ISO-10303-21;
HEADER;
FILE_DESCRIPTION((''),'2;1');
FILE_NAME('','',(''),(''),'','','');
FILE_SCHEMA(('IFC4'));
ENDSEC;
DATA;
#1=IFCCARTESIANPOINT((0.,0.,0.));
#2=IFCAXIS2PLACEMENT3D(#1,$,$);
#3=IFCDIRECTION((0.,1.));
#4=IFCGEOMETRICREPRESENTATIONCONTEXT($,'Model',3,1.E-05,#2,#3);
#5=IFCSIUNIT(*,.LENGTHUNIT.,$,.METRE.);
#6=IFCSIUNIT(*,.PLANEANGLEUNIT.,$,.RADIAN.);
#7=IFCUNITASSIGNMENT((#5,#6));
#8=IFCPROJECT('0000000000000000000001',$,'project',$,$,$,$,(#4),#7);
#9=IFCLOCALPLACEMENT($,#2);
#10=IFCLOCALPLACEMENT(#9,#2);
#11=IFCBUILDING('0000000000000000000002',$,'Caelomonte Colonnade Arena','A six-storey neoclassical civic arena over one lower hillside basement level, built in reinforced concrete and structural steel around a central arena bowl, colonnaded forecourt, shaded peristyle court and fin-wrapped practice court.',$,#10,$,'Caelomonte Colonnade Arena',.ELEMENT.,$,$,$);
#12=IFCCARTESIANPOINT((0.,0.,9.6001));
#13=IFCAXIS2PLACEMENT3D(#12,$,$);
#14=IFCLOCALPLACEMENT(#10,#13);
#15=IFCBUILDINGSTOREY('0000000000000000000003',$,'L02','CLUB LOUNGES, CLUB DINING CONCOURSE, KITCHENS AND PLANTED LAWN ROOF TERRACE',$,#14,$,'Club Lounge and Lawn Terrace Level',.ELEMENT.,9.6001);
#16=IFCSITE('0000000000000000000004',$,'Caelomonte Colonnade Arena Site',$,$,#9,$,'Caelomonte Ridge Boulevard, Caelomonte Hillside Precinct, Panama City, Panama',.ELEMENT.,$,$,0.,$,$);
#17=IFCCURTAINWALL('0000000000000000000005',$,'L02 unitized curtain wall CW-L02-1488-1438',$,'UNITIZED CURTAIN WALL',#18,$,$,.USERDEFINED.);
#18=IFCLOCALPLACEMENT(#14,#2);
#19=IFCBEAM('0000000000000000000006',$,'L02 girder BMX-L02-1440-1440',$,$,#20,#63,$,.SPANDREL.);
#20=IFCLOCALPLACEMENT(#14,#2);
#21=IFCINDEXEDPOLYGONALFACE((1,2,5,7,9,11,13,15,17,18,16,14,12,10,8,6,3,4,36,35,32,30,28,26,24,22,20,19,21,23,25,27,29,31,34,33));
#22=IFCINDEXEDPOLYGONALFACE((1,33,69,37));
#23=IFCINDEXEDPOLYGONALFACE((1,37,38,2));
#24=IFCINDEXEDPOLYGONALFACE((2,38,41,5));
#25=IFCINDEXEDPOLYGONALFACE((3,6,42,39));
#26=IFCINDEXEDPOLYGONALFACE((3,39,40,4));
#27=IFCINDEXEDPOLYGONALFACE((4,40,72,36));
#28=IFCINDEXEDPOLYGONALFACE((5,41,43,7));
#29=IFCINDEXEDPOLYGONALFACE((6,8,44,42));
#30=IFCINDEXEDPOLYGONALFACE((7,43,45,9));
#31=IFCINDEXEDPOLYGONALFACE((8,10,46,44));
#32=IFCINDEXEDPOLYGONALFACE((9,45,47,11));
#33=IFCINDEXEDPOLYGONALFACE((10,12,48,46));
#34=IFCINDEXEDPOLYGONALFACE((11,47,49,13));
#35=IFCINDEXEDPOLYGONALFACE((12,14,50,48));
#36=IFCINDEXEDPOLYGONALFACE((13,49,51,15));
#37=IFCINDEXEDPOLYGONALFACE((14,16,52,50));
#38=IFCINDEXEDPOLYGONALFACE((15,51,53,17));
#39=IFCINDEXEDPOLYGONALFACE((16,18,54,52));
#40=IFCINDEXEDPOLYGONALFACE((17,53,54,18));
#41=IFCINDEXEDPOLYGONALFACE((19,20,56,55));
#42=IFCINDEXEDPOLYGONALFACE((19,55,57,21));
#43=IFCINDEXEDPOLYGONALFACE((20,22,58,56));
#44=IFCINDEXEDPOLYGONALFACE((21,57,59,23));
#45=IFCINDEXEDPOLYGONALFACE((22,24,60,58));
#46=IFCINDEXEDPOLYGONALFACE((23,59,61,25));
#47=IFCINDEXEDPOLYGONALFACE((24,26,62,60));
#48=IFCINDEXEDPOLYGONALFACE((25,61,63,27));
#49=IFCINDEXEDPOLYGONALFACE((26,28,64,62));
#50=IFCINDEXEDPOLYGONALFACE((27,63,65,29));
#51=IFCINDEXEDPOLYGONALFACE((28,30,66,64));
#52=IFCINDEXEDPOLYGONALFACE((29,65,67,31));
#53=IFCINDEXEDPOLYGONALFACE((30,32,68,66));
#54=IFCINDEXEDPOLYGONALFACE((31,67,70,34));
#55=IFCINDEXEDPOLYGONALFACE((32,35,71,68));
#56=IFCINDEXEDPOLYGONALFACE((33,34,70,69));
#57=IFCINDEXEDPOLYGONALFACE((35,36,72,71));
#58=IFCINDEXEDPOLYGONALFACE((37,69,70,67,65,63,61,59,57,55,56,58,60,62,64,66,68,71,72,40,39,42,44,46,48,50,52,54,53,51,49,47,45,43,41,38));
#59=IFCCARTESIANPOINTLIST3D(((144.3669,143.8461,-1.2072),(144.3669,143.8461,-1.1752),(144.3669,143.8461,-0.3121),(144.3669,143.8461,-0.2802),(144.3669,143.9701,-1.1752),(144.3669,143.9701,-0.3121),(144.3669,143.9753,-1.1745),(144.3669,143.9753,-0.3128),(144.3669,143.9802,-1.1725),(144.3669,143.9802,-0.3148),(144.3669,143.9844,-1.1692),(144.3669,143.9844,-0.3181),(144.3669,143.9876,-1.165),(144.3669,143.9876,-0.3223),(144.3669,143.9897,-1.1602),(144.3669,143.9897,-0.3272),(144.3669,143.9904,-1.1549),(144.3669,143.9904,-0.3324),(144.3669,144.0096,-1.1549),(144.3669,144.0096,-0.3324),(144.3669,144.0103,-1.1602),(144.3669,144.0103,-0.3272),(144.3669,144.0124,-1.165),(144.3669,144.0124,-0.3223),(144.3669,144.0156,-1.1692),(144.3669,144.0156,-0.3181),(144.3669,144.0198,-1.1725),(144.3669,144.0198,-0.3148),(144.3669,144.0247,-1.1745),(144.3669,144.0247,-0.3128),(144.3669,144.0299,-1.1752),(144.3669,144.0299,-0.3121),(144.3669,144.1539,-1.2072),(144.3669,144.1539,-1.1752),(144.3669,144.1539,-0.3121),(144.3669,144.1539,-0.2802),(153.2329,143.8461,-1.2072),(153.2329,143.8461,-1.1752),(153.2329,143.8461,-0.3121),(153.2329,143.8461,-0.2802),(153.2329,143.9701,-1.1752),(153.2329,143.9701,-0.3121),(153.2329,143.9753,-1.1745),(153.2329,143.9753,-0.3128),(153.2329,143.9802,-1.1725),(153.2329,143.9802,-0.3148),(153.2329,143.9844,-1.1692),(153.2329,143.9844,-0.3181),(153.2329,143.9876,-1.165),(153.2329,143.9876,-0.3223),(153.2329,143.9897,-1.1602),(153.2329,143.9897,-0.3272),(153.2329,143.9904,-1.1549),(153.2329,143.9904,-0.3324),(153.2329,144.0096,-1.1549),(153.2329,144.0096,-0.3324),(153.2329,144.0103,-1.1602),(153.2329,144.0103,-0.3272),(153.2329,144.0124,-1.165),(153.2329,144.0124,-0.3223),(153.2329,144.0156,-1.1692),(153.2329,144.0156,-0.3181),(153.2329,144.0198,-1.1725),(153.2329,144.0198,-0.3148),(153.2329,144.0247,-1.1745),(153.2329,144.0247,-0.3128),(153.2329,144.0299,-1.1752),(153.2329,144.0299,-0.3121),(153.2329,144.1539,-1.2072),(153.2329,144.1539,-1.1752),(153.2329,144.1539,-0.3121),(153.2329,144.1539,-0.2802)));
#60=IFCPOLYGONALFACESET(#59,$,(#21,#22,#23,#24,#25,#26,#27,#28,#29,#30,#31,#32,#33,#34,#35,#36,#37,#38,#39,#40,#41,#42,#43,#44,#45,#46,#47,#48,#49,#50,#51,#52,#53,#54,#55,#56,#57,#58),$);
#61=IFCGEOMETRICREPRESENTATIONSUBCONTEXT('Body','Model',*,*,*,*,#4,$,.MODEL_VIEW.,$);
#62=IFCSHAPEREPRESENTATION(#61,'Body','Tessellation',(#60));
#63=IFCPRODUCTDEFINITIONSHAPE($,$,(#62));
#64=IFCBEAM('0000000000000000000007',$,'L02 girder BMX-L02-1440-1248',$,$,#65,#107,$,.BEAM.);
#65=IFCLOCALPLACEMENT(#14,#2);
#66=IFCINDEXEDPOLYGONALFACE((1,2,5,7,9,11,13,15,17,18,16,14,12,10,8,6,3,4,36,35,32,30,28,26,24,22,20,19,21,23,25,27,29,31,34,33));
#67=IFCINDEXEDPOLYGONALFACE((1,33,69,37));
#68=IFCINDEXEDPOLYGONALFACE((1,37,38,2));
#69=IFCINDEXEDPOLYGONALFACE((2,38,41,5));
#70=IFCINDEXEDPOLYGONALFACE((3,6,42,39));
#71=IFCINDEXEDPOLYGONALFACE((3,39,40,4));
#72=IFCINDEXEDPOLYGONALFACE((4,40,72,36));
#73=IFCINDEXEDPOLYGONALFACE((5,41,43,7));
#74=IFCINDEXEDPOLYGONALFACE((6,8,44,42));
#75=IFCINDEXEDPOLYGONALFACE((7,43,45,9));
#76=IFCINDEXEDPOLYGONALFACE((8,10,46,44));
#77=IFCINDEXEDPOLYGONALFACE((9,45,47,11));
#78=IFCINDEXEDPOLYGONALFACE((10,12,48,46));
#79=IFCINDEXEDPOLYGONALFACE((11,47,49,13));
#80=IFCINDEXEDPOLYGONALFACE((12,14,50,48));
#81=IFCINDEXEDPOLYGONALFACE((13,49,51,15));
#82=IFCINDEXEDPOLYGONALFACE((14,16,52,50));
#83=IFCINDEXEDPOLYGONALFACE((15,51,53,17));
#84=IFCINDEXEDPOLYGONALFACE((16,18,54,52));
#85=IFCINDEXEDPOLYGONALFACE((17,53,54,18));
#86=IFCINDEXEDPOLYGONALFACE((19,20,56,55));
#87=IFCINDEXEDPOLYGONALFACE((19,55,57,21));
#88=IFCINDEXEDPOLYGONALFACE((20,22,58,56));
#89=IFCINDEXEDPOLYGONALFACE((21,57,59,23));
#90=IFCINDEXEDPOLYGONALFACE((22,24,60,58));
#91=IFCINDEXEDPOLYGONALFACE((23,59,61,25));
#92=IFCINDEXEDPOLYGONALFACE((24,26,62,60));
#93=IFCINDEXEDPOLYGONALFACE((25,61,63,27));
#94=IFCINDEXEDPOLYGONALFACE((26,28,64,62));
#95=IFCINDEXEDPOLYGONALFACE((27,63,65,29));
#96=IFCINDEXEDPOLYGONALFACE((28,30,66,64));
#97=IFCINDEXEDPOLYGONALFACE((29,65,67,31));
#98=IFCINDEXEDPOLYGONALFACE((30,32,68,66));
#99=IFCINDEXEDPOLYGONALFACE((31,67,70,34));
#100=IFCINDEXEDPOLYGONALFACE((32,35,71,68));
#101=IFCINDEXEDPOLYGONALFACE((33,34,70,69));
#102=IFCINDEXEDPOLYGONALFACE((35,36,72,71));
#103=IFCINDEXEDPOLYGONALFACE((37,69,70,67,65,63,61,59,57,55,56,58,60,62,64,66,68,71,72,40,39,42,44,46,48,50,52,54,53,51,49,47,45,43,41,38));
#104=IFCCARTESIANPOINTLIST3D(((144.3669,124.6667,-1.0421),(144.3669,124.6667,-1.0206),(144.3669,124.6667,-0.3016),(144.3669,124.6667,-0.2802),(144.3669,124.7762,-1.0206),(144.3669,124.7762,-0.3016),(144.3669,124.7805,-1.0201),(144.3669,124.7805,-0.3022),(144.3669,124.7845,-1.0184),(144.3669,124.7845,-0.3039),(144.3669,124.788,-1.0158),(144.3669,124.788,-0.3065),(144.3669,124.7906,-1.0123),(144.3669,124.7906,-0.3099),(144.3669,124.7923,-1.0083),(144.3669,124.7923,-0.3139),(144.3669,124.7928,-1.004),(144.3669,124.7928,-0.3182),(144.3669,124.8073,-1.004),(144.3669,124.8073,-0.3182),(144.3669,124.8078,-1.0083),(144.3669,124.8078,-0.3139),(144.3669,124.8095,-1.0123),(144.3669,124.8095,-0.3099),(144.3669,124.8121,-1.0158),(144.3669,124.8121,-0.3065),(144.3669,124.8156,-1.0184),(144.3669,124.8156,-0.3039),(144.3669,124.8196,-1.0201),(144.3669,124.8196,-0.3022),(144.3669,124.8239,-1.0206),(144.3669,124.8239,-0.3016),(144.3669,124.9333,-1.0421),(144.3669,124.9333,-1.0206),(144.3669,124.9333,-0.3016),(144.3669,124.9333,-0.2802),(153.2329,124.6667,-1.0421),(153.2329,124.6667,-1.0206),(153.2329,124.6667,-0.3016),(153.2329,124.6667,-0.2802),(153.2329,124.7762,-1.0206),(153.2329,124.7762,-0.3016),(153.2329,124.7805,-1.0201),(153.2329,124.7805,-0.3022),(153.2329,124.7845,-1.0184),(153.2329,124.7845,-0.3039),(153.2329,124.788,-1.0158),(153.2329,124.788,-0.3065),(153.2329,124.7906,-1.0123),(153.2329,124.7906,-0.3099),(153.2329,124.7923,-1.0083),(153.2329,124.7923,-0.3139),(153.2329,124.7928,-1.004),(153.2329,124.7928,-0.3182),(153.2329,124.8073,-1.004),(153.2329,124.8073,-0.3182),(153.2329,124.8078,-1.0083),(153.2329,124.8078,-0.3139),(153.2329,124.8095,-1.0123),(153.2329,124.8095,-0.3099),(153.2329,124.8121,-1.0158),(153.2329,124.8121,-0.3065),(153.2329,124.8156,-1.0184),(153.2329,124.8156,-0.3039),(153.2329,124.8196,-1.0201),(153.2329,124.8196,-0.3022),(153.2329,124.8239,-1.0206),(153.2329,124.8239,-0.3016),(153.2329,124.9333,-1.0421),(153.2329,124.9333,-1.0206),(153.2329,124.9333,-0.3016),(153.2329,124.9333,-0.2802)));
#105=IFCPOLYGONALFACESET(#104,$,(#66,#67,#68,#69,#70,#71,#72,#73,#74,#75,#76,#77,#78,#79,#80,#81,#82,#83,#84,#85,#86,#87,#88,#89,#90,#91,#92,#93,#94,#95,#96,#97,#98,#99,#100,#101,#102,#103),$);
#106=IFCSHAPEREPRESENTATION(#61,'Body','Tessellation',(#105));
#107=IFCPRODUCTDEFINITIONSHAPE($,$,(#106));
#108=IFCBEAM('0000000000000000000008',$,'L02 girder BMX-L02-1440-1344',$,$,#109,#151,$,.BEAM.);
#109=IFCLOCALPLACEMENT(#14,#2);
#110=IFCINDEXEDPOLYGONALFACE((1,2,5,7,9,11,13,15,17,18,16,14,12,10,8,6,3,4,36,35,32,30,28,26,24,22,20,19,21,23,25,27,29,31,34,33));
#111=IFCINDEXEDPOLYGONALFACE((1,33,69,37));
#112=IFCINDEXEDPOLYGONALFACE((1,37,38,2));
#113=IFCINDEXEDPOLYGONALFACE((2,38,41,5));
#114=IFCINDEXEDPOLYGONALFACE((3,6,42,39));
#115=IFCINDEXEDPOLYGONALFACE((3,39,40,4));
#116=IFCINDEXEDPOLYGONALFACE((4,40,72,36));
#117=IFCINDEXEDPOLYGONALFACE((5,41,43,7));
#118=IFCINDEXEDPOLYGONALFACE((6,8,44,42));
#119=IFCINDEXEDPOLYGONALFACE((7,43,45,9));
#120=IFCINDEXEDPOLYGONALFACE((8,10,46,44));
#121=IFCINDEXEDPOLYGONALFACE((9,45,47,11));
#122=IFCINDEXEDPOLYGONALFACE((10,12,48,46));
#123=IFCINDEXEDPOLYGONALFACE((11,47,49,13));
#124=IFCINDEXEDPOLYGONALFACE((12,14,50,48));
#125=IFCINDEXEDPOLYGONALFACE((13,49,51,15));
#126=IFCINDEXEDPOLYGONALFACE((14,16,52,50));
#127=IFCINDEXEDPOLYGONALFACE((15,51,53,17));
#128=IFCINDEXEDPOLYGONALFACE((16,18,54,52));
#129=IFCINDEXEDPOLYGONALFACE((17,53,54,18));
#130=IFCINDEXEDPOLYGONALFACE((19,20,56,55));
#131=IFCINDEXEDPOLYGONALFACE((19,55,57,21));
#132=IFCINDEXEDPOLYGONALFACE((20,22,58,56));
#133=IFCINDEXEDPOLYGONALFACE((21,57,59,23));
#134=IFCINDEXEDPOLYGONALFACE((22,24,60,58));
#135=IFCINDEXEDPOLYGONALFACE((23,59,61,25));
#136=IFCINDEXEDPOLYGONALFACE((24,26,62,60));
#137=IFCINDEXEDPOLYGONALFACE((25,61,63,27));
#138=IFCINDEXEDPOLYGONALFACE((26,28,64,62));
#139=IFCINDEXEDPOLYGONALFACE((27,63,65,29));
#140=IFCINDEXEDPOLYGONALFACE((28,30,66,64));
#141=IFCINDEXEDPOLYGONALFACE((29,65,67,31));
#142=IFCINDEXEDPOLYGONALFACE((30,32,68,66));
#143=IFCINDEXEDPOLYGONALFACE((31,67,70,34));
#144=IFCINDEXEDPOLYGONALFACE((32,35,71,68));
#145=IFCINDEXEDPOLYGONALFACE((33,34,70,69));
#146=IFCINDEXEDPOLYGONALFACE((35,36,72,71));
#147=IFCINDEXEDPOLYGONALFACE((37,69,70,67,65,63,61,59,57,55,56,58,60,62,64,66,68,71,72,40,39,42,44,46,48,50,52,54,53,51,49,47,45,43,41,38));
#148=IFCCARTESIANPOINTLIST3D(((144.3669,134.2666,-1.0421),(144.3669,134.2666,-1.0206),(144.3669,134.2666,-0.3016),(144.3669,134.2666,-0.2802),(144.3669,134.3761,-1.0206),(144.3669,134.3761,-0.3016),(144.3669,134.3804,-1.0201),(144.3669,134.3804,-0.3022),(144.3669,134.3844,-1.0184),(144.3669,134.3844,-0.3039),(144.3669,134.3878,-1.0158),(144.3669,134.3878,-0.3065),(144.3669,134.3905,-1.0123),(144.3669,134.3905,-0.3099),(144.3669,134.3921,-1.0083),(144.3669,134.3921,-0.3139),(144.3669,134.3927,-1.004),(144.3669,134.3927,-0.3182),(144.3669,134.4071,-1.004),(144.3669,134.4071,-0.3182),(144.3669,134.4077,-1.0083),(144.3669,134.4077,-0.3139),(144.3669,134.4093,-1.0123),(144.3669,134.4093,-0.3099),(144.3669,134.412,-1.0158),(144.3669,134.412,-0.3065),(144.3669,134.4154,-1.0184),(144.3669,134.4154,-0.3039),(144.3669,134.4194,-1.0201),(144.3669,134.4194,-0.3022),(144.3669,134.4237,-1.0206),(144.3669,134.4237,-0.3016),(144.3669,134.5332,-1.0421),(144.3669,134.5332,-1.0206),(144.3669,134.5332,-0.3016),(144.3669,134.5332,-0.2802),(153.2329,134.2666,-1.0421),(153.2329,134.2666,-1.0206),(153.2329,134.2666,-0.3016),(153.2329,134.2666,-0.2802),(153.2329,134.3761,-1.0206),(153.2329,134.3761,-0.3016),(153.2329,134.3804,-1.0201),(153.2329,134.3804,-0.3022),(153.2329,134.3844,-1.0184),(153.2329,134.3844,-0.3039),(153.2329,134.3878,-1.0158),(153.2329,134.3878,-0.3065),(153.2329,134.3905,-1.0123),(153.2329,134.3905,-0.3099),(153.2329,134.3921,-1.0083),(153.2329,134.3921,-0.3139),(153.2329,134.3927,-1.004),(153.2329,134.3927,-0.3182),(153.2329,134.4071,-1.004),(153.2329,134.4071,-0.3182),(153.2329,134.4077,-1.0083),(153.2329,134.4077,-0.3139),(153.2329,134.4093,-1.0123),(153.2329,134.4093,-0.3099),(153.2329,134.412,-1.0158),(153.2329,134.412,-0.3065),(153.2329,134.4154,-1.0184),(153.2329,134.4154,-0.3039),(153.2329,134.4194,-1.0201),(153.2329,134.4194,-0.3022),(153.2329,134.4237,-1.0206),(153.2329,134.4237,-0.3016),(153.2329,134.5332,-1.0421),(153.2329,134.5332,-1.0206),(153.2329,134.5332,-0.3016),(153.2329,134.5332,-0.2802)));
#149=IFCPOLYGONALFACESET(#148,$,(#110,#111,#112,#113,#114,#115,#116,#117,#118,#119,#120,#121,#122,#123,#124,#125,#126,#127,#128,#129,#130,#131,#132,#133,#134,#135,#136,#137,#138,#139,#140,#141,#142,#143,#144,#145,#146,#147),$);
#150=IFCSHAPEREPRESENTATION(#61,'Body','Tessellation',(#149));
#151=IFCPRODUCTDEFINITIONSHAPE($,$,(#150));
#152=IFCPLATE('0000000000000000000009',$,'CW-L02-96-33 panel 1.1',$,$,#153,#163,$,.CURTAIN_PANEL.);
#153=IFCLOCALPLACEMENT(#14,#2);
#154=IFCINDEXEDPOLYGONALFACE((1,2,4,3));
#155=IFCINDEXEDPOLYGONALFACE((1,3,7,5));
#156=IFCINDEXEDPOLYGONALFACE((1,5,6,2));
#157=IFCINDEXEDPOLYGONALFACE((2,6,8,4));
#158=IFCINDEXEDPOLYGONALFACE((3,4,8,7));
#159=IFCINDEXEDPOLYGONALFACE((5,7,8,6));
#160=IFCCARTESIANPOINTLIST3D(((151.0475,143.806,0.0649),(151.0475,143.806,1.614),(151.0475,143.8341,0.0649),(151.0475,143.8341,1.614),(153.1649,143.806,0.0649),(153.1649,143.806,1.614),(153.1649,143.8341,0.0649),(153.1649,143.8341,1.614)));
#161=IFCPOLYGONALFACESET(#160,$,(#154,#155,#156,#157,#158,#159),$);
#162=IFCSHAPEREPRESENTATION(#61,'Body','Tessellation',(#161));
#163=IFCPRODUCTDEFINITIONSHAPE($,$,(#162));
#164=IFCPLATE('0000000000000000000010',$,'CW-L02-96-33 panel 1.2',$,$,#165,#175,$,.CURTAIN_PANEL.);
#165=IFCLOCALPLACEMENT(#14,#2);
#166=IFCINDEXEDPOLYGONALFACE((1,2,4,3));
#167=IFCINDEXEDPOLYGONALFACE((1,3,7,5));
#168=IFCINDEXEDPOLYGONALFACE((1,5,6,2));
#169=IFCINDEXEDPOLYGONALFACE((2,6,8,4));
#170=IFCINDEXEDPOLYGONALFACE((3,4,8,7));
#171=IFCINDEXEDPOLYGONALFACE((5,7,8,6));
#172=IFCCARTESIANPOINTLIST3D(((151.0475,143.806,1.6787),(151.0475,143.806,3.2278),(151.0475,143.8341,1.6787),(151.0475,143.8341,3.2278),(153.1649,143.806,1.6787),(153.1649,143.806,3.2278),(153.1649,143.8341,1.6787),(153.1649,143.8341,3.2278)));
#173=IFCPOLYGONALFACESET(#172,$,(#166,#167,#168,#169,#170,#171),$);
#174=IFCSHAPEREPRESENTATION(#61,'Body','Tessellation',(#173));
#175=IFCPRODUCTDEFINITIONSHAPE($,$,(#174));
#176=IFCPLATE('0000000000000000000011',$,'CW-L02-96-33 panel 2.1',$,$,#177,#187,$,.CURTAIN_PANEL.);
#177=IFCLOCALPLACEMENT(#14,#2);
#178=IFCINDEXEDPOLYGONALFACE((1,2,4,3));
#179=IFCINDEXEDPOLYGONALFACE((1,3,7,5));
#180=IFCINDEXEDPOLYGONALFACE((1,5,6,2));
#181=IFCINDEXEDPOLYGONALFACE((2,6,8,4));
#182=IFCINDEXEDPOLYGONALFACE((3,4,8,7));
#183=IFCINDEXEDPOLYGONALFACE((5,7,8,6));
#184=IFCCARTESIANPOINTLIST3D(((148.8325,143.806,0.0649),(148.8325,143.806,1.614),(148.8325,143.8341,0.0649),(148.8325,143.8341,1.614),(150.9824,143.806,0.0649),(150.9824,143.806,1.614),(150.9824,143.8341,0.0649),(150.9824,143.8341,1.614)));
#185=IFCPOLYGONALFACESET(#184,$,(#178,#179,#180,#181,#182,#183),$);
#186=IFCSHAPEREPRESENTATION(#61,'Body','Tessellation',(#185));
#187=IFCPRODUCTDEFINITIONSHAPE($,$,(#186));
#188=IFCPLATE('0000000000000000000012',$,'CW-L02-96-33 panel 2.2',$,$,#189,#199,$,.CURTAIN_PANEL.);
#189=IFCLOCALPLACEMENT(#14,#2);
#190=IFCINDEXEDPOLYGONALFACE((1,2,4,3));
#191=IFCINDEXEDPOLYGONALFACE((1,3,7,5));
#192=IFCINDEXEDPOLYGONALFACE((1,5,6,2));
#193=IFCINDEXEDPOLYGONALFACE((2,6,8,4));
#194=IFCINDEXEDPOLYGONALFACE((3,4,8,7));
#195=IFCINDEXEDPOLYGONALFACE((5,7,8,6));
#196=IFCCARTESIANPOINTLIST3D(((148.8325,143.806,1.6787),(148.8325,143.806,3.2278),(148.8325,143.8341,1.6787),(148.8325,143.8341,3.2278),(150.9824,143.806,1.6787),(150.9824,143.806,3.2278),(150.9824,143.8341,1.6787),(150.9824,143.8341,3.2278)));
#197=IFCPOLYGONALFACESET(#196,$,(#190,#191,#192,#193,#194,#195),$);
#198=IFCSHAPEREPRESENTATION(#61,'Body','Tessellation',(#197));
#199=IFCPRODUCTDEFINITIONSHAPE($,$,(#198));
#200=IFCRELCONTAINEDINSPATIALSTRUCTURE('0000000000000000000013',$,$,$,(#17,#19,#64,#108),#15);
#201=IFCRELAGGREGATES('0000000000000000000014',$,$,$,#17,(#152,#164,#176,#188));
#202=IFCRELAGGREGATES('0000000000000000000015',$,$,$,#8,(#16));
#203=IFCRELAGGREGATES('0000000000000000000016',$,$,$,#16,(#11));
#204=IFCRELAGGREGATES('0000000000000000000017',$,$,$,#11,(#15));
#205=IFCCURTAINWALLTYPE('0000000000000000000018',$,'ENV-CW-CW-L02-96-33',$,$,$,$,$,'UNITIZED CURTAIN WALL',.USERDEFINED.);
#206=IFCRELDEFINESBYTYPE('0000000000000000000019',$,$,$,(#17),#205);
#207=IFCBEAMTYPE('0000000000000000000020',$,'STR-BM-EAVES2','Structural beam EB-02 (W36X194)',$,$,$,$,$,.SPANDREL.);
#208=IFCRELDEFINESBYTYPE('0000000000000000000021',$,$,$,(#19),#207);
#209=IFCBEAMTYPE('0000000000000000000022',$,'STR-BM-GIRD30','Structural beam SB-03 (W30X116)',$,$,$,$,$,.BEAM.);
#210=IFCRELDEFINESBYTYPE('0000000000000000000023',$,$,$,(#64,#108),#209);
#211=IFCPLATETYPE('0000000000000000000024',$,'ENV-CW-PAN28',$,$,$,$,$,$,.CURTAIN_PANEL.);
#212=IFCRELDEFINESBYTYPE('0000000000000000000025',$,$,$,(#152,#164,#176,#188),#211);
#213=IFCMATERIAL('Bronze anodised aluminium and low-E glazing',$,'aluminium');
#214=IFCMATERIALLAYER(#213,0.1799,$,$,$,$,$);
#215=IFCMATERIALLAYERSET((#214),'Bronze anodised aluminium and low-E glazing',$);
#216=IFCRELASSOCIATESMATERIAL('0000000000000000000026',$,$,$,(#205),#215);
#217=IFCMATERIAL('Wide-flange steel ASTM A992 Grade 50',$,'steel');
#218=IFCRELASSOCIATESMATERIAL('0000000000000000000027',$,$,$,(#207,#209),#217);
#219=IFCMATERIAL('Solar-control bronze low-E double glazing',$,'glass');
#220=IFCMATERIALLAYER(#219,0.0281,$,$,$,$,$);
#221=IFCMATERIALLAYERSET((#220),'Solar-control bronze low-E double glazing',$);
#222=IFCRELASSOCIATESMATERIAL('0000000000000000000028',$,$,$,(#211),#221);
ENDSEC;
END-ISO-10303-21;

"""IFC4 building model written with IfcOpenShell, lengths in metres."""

from ifc_helpers import new_model, si_unit, direction, frame, origin, origin_2d, place, context, subcontext, project, spatial, rectangle, i_section, extrude, material, layer, layer_set, material_profile, profile_set, type_object, element, aggregate, save


model = new_model("IFC4")

# Units and contexts
model_context = context("Model", 3, precision=1e-05, world=origin(), true_north=direction((0.0, 1.0)))
body_context = subcontext(model_context, "Body", "Model", "MODEL_VIEW")
ifc_project = project(units=[si_unit("LENGTHUNIT", "METRE"), si_unit("PLANEANGLEUNIT", "RADIAN")], contexts=[model_context])

# Site, building, storey
site_placement = place(None, origin())
site = spatial("IfcSite", under=ifc_project, at=site_placement, Name="Caelomonte Colonnade Arena Site", LongName="Caelomonte Ridge Boulevard, Caelomonte Hillside Precinct, Panama City, Panama", CompositionType="ELEMENT", RefElevation=0.0)
building_placement = place(site_placement, origin())
building = spatial("IfcBuilding", under=site, at=building_placement, Name="Caelomonte Colonnade Arena", Description="A six-storey neoclassical civic arena over one lower hillside basement level, built in reinforced concrete and structural steel around a central arena bowl, colonnaded forecourt, shaded peristyle court and fin-wrapped practice court.", LongName="Caelomonte Colonnade Arena", CompositionType="ELEMENT")
storey_placement = place(building_placement, frame((0.0, 0.0, 9.6001)))
storey = spatial("IfcBuildingStorey", under=building, at=storey_placement, Name="L02", Description="CLUB LOUNGES, CLUB DINING CONCOURSE, KITCHENS AND PLANTED LAWN ROOF TERRACE", LongName="Club Lounge and Lawn Terrace Level", CompositionType="ELEMENT", Elevation=9.6001)

# Curtain wall
ifc_material_1 = material(Name="Bronze anodised aluminium and low-E glazing", Category="aluminium")
ifc_layer_1 = layer(ifc_material_1, 0.1799)
ifc_layer_set_1 = layer_set([ifc_layer_1], Name="Bronze anodised aluminium and low-E glazing")
curtain_wall_type = type_object("IfcCurtainWallType", Name="ENV-CW-CW-L02-96-33", ElementType="UNITIZED CURTAIN WALL", PredefinedType="USERDEFINED", material=ifc_layer_set_1)
curtain_wall_placement = place(storey_placement, origin())
curtain_wall = element("IfcCurtainWall", 1, at=curtain_wall_placement, inside=storey, type_object=curtain_wall_type, Name="L02 unitized curtain wall CW-L02-1488-1438", ObjectType="UNITIZED CURTAIN WALL", PredefinedType="USERDEFINED")

# Beams
ifc_material_2 = material(Name="Wide-flange steel ASTM A992 Grade 50", Category="steel")
ifc_material_profile_1 = material_profile(ifc_material_2, i_section(OverallWidth=0.3079, OverallDepth=0.927, WebThickness=0.0193, FlangeThickness=0.032, FilletRadius=0.0203, at=origin_2d()), Name="W36X194")
ifc_profile_set_1 = profile_set([ifc_material_profile_1], Name="Wide-flange steel ASTM A992 Grade 50")
beam_type_1 = type_object("IfcBeamType", Name="STR-BM-EAVES2", Description="Structural beam EB-02 (W36X194)", PredefinedType="SPANDREL", material=ifc_profile_set_1)
beam_placement = place(storey_placement, frame((144.3669, 144.0, -0.7437), z_axis=(1.0, 0.0, 0.0), x_axis=(0.0, 1.0, 0.0)))
element("IfcBeam", 2, at=beam_placement, inside=storey, type_object=beam_type_1, Name="L02 girder BMX-L02-1440-1440", PredefinedType="SPANDREL", context=body_context, shape_type="SweptSolid", body=[
    extrude(i_section(OverallWidth=0.3079, OverallDepth=0.927, WebThickness=0.0193, FlangeThickness=0.032, FilletRadius=0.0203, at=origin_2d()), origin(), (0.0, 0.0, 1.0), 8.866),
])
ifc_material_profile_2 = material_profile(ifc_material_2, i_section(OverallWidth=0.2666, OverallDepth=0.762, WebThickness=0.0144, FlangeThickness=0.0215, FilletRadius=0.0166, at=origin_2d()), Name="W30X116")
ifc_profile_set_2 = profile_set([ifc_material_profile_2], Name="Wide-flange steel ASTM A992 Grade 50")
beam_type_2 = type_object("IfcBeamType", Name="STR-BM-GIRD30", Description="Structural beam SB-03 (W30X116)", PredefinedType="BEAM", material=ifc_profile_set_2)
for number, where, z_axis, x_axis, name in (
    (3, (144.3669, 124.8, -0.6611), (1.0, 0.0, 0.0), (0.0, 1.0, 0.0), "L02 girder BMX-L02-1440-1248"),
    (4, (144.3669, 134.3999, -0.6611), (1.0, 0.0, 0.0), (0.0, 1.0, 0.0), "L02 girder BMX-L02-1440-1344"),
):
    element("IfcBeam", number, at=place(storey_placement, frame(where, z_axis=z_axis, x_axis=x_axis)), inside=storey, type_object=beam_type_2, Name=name, PredefinedType="BEAM", context=body_context, shape_type="SweptSolid", body=[
        extrude(i_section(OverallWidth=0.2666, OverallDepth=0.762, WebThickness=0.0144, FlangeThickness=0.0215, FilletRadius=0.0166, at=origin_2d()), origin(), (0.0, 0.0, 1.0), 8.866),
    ])

# Plates
ifc_material_3 = material(Name="Solar-control bronze low-E double glazing", Category="glass")
ifc_layer_2 = layer(ifc_material_3, 0.0281)
ifc_layer_set_2 = layer_set([ifc_layer_2], Name="Solar-control bronze low-E double glazing")
plate_type = type_object("IfcPlateType", Name="ENV-CW-PAN28", PredefinedType="CURTAIN_PANEL", material=ifc_layer_set_2)
plate_1_placement = place(storey_placement, frame((152.1062, 143.8201, 0.0649), z_axis=(0.0, 0.0, 1.0), x_axis=(-1.0, 0.0, 0.0)))
plate_1 = element("IfcPlate", 5, at=plate_1_placement, type_object=plate_type, Name="CW-L02-96-33 panel 1.1", PredefinedType="CURTAIN_PANEL", context=body_context, shape_type="SweptSolid", body=[
    extrude(rectangle(XDim=2.1174, YDim=0.0281, at=origin_2d()), origin(), (0.0, 0.0, 1.0), 1.5491),
])
plate_2_placement = place(storey_placement, frame((152.1062, 143.8201, 1.6787), z_axis=(0.0, 0.0, 1.0), x_axis=(-1.0, 0.0, 0.0)))
plate_2 = element("IfcPlate", 6, at=plate_2_placement, type_object=plate_type, Name="CW-L02-96-33 panel 1.2", PredefinedType="CURTAIN_PANEL", context=body_context, shape_type="SweptSolid", body=[
    extrude(rectangle(XDim=2.1174, YDim=0.0281, at=origin_2d()), origin(), (0.0, 0.0, 1.0), 1.5491),
])
plate_3_placement = place(storey_placement, frame((149.9075, 143.8201, 0.0649), z_axis=(0.0, 0.0, 1.0), x_axis=(-1.0, 0.0, 0.0)))
plate_3 = element("IfcPlate", 7, at=plate_3_placement, type_object=plate_type, Name="CW-L02-96-33 panel 2.1", PredefinedType="CURTAIN_PANEL", context=body_context, shape_type="SweptSolid", body=[
    extrude(rectangle(XDim=2.1499, YDim=0.0281, at=origin_2d()), origin(), (0.0, 0.0, 1.0), 1.5491),
])
plate_4_placement = place(storey_placement, frame((149.9075, 143.8201, 1.6787), z_axis=(0.0, 0.0, 1.0), x_axis=(-1.0, 0.0, 0.0)))
plate_4 = element("IfcPlate", 8, at=plate_4_placement, type_object=plate_type, Name="CW-L02-96-33 panel 2.2", PredefinedType="CURTAIN_PANEL", context=body_context, shape_type="SweptSolid", body=[
    extrude(rectangle(XDim=2.1499, YDim=0.0281, at=origin_2d()), origin(), (0.0, 0.0, 1.0), 1.5491),
])
aggregate(curtain_wall, [plate_1, plate_2, plate_3, plate_4])

save(model, "model.ifc")
